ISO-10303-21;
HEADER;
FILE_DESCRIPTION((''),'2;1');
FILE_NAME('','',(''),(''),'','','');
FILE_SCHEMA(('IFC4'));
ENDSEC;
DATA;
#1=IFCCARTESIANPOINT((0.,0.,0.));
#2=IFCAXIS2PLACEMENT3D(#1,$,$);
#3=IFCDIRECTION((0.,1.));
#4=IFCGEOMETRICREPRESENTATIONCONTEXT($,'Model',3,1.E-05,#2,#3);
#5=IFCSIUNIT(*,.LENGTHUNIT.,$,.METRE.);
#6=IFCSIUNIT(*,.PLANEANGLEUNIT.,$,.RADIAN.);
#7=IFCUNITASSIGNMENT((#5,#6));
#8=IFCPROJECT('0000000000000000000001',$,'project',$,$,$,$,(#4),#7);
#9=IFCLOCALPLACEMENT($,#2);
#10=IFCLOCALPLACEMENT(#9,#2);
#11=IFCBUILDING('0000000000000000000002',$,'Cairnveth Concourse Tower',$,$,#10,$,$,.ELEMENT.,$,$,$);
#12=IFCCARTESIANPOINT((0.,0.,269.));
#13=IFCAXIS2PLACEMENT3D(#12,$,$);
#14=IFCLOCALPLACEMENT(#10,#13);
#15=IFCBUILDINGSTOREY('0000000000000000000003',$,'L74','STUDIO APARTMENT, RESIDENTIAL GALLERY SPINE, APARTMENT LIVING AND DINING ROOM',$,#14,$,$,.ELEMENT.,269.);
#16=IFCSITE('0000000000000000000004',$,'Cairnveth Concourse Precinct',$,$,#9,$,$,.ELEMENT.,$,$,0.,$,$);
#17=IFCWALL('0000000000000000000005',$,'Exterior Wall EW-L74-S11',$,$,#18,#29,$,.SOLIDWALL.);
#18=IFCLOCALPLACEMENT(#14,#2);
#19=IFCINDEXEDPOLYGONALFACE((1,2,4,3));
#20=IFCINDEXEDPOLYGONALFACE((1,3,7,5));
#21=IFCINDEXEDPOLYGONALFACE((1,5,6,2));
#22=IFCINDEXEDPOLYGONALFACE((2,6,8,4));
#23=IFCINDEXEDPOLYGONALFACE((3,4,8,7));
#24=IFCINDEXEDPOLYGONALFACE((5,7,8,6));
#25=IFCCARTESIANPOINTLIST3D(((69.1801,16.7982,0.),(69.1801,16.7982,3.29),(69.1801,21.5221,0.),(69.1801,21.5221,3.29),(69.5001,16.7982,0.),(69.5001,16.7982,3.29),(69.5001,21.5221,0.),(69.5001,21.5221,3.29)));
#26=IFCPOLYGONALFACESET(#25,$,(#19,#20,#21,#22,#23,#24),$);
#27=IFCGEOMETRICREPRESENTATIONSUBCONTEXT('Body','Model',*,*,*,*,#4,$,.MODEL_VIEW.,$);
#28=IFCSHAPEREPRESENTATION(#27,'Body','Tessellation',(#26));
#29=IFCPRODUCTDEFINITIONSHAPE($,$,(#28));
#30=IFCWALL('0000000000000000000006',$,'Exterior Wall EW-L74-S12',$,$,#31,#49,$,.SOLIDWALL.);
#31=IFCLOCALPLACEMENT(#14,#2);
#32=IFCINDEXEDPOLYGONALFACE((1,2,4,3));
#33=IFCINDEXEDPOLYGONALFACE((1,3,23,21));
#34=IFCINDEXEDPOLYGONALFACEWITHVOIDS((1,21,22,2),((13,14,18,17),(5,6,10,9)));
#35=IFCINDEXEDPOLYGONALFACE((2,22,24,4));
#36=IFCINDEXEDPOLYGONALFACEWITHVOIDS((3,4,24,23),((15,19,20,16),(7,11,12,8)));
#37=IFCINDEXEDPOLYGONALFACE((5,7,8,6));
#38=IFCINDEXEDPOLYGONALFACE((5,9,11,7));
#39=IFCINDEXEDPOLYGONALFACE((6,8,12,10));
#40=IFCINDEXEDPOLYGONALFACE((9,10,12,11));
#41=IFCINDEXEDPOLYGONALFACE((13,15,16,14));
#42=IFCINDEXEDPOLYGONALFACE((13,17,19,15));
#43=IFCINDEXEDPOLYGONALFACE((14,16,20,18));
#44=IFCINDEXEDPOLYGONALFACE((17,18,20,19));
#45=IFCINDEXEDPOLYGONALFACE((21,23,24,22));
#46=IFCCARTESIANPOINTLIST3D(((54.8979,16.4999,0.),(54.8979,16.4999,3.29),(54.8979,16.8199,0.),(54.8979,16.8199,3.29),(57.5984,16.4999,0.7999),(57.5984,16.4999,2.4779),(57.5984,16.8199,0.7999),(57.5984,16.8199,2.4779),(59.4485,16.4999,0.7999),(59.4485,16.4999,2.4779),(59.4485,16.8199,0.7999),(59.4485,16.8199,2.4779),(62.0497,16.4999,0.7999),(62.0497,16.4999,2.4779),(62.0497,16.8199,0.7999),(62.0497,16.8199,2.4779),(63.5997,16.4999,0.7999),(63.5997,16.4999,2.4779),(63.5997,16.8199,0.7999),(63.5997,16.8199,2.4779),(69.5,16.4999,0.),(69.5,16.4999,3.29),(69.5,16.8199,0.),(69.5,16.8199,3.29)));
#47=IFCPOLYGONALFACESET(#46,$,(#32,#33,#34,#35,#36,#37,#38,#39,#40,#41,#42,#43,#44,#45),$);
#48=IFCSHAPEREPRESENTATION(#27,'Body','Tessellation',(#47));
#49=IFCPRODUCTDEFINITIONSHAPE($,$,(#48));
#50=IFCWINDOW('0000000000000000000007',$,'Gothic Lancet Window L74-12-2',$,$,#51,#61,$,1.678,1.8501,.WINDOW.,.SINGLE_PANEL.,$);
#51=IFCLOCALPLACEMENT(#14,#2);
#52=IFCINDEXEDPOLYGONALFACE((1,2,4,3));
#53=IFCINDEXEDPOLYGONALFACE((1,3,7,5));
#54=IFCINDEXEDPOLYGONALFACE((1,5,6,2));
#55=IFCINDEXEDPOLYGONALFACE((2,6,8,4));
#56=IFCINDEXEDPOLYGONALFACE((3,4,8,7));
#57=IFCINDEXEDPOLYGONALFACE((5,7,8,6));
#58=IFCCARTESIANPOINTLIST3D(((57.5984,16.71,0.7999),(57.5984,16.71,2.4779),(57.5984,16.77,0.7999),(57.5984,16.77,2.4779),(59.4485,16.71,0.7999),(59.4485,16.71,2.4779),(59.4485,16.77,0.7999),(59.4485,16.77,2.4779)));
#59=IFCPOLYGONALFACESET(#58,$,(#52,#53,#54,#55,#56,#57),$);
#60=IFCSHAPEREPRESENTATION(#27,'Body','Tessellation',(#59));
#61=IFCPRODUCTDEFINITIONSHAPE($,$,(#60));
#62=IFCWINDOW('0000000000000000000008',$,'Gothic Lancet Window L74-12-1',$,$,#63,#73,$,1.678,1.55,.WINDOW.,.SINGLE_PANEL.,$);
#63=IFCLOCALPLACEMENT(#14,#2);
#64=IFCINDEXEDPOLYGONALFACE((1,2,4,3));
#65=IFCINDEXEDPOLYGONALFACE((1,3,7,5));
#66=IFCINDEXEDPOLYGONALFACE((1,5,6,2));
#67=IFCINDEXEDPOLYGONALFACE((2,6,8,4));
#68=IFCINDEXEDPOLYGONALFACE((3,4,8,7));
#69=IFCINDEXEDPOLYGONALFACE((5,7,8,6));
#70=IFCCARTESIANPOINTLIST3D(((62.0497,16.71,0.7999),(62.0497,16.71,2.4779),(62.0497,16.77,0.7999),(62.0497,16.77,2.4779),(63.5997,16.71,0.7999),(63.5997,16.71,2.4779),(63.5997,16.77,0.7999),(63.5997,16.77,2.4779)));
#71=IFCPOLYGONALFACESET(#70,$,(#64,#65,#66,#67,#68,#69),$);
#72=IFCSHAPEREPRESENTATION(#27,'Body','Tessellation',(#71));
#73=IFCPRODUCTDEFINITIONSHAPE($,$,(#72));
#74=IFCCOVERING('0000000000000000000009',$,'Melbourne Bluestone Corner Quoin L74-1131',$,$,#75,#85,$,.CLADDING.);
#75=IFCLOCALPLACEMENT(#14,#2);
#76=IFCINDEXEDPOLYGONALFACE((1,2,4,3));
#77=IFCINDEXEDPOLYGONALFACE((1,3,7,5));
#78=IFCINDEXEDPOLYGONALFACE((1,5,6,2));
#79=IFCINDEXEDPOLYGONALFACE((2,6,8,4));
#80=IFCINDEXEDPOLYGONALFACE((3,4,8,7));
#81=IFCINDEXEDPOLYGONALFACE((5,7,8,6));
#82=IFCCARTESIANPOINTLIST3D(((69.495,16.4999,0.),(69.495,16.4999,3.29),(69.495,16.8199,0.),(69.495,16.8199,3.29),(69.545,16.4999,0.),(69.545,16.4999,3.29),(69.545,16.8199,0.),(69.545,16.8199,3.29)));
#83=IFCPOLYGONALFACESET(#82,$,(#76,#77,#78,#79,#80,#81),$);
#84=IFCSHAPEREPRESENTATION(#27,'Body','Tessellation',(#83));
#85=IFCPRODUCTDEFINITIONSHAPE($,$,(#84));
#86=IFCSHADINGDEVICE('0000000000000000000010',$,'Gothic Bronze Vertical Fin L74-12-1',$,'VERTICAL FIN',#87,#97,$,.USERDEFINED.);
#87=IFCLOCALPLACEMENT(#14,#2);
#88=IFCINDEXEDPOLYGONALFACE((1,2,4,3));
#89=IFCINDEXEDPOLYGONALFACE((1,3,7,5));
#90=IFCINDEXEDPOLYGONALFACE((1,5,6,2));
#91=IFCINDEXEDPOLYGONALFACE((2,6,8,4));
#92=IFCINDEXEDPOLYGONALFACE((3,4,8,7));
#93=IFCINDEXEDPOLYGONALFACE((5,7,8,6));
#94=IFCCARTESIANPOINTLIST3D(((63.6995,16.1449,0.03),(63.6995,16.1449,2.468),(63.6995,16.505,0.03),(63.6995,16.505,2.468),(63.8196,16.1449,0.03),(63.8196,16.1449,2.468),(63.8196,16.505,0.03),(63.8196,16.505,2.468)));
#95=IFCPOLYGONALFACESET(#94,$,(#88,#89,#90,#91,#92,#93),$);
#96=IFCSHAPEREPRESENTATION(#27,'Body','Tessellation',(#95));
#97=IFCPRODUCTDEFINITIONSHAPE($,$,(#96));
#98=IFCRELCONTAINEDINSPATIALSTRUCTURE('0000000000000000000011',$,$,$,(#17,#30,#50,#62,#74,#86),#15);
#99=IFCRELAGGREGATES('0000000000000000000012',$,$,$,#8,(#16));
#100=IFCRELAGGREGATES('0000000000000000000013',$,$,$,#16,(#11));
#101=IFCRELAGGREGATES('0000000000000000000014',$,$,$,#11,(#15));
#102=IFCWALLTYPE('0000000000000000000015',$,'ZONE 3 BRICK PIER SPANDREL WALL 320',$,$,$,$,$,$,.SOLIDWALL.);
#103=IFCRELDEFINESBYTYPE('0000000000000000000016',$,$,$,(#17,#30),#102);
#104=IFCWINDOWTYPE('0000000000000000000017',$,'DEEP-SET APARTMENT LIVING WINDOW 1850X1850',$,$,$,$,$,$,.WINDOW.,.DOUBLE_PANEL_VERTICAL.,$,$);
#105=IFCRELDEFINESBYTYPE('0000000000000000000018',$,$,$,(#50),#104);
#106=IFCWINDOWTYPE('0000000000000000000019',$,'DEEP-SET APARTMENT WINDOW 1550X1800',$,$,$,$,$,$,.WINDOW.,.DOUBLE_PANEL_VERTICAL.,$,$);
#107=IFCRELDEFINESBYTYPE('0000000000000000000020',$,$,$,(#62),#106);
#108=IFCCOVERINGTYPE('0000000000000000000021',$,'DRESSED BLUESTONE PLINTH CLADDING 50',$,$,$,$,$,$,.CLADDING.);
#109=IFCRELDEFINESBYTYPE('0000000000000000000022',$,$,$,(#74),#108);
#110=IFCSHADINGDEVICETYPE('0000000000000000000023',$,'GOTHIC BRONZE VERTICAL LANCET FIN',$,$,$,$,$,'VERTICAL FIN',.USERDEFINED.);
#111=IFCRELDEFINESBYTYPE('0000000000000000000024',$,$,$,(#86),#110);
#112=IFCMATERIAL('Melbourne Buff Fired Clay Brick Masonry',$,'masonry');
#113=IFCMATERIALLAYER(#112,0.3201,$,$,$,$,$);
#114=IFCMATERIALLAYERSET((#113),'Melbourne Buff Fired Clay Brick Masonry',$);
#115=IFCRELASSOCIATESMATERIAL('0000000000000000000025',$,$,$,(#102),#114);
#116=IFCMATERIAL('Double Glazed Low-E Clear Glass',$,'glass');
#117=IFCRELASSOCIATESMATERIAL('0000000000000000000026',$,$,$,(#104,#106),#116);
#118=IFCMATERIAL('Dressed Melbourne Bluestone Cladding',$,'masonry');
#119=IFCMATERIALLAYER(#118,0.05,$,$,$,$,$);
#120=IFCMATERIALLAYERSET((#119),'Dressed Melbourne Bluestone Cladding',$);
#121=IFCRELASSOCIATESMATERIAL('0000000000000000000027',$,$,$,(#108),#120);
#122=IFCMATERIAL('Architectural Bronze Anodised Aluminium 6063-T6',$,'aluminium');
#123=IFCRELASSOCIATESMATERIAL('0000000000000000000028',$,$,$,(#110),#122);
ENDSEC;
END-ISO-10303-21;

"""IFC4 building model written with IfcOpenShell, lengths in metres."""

from ifc_helpers import new_model, si_unit, direction, frame, frame_2d, origin, origin_2d, place, context, subcontext, project, spatial, rectangle, extrude, material, layer, layer_set, type_object, element, fill, save


model = new_model("IFC4")

# Units and contexts
model_context = context("Model", 3, precision=1e-05, world=origin(), true_north=direction((0.0, 1.0)))
body_context = subcontext(model_context, "Body", "Model", "MODEL_VIEW")
ifc_project = project(units=[si_unit("LENGTHUNIT", "METRE"), si_unit("PLANEANGLEUNIT", "RADIAN")], contexts=[model_context])

# Site, building, storey
site_placement = place(None, origin())
site = spatial("IfcSite", under=ifc_project, at=site_placement, Name="Cairnveth Concourse Precinct", CompositionType="ELEMENT", RefElevation=0.0)
building_placement = place(site_placement, origin())
building = spatial("IfcBuilding", under=site, at=building_placement, Name="Cairnveth Concourse Tower", CompositionType="ELEMENT")
storey_placement = place(building_placement, frame((0.0, 0.0, 269.0)))
storey = spatial("IfcBuildingStorey", under=building, at=storey_placement, Name="L74", Description="STUDIO APARTMENT, RESIDENTIAL GALLERY SPINE, APARTMENT LIVING AND DINING ROOM", CompositionType="ELEMENT", Elevation=269.0)

# Wall
ifc_material_1 = material(Name="Melbourne Buff Fired Clay Brick Masonry", Category="masonry")
ifc_layer_1 = layer(ifc_material_1, 0.3201)
ifc_layer_set_1 = layer_set([ifc_layer_1], Name="Melbourne Buff Fired Clay Brick Masonry")
wall_type_1 = type_object("IfcWallType", Name="ZONE 3 BRICK PIER SPANDREL WALL 320", PredefinedType="SOLIDWALL", material=ifc_layer_set_1)
wall_1_placement = place(storey_placement, frame((69.3401, 21.522, 0.0), z_axis=(0.0, 0.0, 1.0), x_axis=(0.0, -1.0, 0.0)))
element("IfcWall", 1, at=wall_1_placement, inside=storey, type_object=wall_type_1, Name="Exterior Wall EW-L74-S11", PredefinedType="SOLIDWALL", context=body_context, shape_type="SweptSolid", body=[
    extrude(rectangle(XDim=4.7239, YDim=0.3201, at=frame_2d((2.3618, 0.0))), origin(), (0.0, 0.0, 1.0), 3.29),
])

# Wall, openings, windows
wall_2_placement = place(storey_placement, frame((69.5, 16.6599, 0.0), z_axis=(0.0, 0.0, 1.0), x_axis=(-1.0, 0.0, 0.0)))
wall_2 = element("IfcWall", 2, at=wall_2_placement, inside=storey, type_object=wall_type_1, Name="Exterior Wall EW-L74-S12", PredefinedType="SOLIDWALL", context=body_context, shape_type="SweptSolid", body=[
    extrude(rectangle(XDim=14.6021, YDim=0.3201, at=frame_2d((7.301, 0.0))), origin(), (0.0, 0.0, 1.0), 3.29),
])
opening_1_placement = place(wall_2_placement, frame((5.9004, 0.0, 0.8)))
opening_1 = element("IfcOpeningElement", 3, at=opening_1_placement, cuts=wall_2, PredefinedType="OPENING", context=body_context, shape_type="SweptSolid", body=[
    extrude(rectangle(XDim=1.55, YDim=1.678, at=frame_2d((0.7749, 0.8389))), frame((0.0, 0.1699, 0.0), z_axis=(0.0, -1.0, 0.0), x_axis=(1.0, 0.0, 0.0)), (0.0, 0.0, 1.0), 0.3401),
])
opening_2_placement = place(wall_2_placement, frame((10.0515, 0.0, 0.8)))
opening_2 = element("IfcOpeningElement", 4, at=opening_2_placement, cuts=wall_2, PredefinedType="OPENING", context=body_context, shape_type="SweptSolid", body=[
    extrude(rectangle(XDim=1.8501, YDim=1.678, at=frame_2d((0.925, 0.8389))), frame((0.0, 0.1699, 0.0), z_axis=(0.0, -1.0, 0.0), x_axis=(1.0, 0.0, 0.0)), (0.0, 0.0, 1.0), 0.3401),
])
ifc_material_2 = material(Name="Double Glazed Low-E Clear Glass", Category="glass")
window_type_1 = type_object("IfcWindowType", Name="DEEP-SET APARTMENT LIVING WINDOW 1850X1850", PartitioningType="DOUBLE_PANEL_VERTICAL", PredefinedType="WINDOW", material=ifc_material_2)
window_1_placement = place(opening_2_placement, origin())
window_1 = element("IfcWindow", 5, at=window_1_placement, inside=storey, type_object=window_type_1, Name="Gothic Lancet Window L74-12-2", OverallHeight=1.678, OverallWidth=1.8501, PartitioningType="SINGLE_PANEL", PredefinedType="WINDOW", context=body_context, shape_type="SweptSolid", body=[
    extrude(rectangle(XDim=1.8501, YDim=1.678, at=frame_2d((0.925, 0.8389))), frame((0.0, -0.05, 0.0), z_axis=(0.0, -1.0, 0.0), x_axis=(1.0, 0.0, 0.0)), (0.0, 0.0, 1.0), 0.0601),
])
fill(opening_2, window_1)
window_type_2 = type_object("IfcWindowType", Name="DEEP-SET APARTMENT WINDOW 1550X1800", PartitioningType="DOUBLE_PANEL_VERTICAL", PredefinedType="WINDOW", material=ifc_material_2)
window_2_placement = place(opening_1_placement, origin())
window_2 = element("IfcWindow", 6, at=window_2_placement, inside=storey, type_object=window_type_2, Name="Gothic Lancet Window L74-12-1", OverallHeight=1.678, OverallWidth=1.55, PartitioningType="SINGLE_PANEL", PredefinedType="WINDOW", context=body_context, shape_type="SweptSolid", body=[
    extrude(rectangle(XDim=1.55, YDim=1.678, at=frame_2d((0.7749, 0.8389))), frame((0.0, -0.05, 0.0), z_axis=(0.0, -1.0, 0.0), x_axis=(1.0, 0.0, 0.0)), (0.0, 0.0, 1.0), 0.0601),
])
fill(opening_1, window_2)

# Covering
ifc_material_3 = material(Name="Dressed Melbourne Bluestone Cladding", Category="masonry")
ifc_layer_2 = layer(ifc_material_3, 0.05)
ifc_layer_set_2 = layer_set([ifc_layer_2], Name="Dressed Melbourne Bluestone Cladding")
covering_type = type_object("IfcCoveringType", Name="DRESSED BLUESTONE PLINTH CLADDING 50", PredefinedType="CLADDING", material=ifc_layer_set_2)
covering_placement = place(storey_placement, frame((69.52, 16.8201, 0.0), z_axis=(0.0, 0.0, 1.0), x_axis=(0.0, -1.0, 0.0)))
element("IfcCovering", 7, at=covering_placement, inside=storey, type_object=covering_type, Name="Melbourne Bluestone Corner Quoin L74-1131", PredefinedType="CLADDING", context=body_context, shape_type="SweptSolid", body=[
    extrude(rectangle(XDim=0.3201, YDim=0.05, at=frame_2d((0.1602, 0.0))), origin(), (0.0, 0.0, 1.0), 3.29),
])

# Shading device
ifc_material_4 = material(Name="Architectural Bronze Anodised Aluminium 6063-T6", Category="aluminium")
shading_device_type = type_object("IfcShadingDeviceType", Name="GOTHIC BRONZE VERTICAL LANCET FIN", ElementType="VERTICAL FIN", PredefinedType="USERDEFINED", material=ifc_material_4)
shading_device_placement = place(storey_placement, frame((63.7595, 16.325, 0.03), z_axis=(0.0, 0.0, 1.0), x_axis=(1.0, 0.0, 0.0)))
element("IfcShadingDevice", 8, at=shading_device_placement, inside=storey, type_object=shading_device_type, Name="Gothic Bronze Vertical Fin L74-12-1", ObjectType="VERTICAL FIN", PredefinedType="USERDEFINED", context=body_context, shape_type="SweptSolid", body=[
    extrude(rectangle(XDim=0.1201, YDim=0.3601, at=origin_2d()), origin(), (0.0, 0.0, 1.0), 2.438),
])

save(model, "model.ifc")
